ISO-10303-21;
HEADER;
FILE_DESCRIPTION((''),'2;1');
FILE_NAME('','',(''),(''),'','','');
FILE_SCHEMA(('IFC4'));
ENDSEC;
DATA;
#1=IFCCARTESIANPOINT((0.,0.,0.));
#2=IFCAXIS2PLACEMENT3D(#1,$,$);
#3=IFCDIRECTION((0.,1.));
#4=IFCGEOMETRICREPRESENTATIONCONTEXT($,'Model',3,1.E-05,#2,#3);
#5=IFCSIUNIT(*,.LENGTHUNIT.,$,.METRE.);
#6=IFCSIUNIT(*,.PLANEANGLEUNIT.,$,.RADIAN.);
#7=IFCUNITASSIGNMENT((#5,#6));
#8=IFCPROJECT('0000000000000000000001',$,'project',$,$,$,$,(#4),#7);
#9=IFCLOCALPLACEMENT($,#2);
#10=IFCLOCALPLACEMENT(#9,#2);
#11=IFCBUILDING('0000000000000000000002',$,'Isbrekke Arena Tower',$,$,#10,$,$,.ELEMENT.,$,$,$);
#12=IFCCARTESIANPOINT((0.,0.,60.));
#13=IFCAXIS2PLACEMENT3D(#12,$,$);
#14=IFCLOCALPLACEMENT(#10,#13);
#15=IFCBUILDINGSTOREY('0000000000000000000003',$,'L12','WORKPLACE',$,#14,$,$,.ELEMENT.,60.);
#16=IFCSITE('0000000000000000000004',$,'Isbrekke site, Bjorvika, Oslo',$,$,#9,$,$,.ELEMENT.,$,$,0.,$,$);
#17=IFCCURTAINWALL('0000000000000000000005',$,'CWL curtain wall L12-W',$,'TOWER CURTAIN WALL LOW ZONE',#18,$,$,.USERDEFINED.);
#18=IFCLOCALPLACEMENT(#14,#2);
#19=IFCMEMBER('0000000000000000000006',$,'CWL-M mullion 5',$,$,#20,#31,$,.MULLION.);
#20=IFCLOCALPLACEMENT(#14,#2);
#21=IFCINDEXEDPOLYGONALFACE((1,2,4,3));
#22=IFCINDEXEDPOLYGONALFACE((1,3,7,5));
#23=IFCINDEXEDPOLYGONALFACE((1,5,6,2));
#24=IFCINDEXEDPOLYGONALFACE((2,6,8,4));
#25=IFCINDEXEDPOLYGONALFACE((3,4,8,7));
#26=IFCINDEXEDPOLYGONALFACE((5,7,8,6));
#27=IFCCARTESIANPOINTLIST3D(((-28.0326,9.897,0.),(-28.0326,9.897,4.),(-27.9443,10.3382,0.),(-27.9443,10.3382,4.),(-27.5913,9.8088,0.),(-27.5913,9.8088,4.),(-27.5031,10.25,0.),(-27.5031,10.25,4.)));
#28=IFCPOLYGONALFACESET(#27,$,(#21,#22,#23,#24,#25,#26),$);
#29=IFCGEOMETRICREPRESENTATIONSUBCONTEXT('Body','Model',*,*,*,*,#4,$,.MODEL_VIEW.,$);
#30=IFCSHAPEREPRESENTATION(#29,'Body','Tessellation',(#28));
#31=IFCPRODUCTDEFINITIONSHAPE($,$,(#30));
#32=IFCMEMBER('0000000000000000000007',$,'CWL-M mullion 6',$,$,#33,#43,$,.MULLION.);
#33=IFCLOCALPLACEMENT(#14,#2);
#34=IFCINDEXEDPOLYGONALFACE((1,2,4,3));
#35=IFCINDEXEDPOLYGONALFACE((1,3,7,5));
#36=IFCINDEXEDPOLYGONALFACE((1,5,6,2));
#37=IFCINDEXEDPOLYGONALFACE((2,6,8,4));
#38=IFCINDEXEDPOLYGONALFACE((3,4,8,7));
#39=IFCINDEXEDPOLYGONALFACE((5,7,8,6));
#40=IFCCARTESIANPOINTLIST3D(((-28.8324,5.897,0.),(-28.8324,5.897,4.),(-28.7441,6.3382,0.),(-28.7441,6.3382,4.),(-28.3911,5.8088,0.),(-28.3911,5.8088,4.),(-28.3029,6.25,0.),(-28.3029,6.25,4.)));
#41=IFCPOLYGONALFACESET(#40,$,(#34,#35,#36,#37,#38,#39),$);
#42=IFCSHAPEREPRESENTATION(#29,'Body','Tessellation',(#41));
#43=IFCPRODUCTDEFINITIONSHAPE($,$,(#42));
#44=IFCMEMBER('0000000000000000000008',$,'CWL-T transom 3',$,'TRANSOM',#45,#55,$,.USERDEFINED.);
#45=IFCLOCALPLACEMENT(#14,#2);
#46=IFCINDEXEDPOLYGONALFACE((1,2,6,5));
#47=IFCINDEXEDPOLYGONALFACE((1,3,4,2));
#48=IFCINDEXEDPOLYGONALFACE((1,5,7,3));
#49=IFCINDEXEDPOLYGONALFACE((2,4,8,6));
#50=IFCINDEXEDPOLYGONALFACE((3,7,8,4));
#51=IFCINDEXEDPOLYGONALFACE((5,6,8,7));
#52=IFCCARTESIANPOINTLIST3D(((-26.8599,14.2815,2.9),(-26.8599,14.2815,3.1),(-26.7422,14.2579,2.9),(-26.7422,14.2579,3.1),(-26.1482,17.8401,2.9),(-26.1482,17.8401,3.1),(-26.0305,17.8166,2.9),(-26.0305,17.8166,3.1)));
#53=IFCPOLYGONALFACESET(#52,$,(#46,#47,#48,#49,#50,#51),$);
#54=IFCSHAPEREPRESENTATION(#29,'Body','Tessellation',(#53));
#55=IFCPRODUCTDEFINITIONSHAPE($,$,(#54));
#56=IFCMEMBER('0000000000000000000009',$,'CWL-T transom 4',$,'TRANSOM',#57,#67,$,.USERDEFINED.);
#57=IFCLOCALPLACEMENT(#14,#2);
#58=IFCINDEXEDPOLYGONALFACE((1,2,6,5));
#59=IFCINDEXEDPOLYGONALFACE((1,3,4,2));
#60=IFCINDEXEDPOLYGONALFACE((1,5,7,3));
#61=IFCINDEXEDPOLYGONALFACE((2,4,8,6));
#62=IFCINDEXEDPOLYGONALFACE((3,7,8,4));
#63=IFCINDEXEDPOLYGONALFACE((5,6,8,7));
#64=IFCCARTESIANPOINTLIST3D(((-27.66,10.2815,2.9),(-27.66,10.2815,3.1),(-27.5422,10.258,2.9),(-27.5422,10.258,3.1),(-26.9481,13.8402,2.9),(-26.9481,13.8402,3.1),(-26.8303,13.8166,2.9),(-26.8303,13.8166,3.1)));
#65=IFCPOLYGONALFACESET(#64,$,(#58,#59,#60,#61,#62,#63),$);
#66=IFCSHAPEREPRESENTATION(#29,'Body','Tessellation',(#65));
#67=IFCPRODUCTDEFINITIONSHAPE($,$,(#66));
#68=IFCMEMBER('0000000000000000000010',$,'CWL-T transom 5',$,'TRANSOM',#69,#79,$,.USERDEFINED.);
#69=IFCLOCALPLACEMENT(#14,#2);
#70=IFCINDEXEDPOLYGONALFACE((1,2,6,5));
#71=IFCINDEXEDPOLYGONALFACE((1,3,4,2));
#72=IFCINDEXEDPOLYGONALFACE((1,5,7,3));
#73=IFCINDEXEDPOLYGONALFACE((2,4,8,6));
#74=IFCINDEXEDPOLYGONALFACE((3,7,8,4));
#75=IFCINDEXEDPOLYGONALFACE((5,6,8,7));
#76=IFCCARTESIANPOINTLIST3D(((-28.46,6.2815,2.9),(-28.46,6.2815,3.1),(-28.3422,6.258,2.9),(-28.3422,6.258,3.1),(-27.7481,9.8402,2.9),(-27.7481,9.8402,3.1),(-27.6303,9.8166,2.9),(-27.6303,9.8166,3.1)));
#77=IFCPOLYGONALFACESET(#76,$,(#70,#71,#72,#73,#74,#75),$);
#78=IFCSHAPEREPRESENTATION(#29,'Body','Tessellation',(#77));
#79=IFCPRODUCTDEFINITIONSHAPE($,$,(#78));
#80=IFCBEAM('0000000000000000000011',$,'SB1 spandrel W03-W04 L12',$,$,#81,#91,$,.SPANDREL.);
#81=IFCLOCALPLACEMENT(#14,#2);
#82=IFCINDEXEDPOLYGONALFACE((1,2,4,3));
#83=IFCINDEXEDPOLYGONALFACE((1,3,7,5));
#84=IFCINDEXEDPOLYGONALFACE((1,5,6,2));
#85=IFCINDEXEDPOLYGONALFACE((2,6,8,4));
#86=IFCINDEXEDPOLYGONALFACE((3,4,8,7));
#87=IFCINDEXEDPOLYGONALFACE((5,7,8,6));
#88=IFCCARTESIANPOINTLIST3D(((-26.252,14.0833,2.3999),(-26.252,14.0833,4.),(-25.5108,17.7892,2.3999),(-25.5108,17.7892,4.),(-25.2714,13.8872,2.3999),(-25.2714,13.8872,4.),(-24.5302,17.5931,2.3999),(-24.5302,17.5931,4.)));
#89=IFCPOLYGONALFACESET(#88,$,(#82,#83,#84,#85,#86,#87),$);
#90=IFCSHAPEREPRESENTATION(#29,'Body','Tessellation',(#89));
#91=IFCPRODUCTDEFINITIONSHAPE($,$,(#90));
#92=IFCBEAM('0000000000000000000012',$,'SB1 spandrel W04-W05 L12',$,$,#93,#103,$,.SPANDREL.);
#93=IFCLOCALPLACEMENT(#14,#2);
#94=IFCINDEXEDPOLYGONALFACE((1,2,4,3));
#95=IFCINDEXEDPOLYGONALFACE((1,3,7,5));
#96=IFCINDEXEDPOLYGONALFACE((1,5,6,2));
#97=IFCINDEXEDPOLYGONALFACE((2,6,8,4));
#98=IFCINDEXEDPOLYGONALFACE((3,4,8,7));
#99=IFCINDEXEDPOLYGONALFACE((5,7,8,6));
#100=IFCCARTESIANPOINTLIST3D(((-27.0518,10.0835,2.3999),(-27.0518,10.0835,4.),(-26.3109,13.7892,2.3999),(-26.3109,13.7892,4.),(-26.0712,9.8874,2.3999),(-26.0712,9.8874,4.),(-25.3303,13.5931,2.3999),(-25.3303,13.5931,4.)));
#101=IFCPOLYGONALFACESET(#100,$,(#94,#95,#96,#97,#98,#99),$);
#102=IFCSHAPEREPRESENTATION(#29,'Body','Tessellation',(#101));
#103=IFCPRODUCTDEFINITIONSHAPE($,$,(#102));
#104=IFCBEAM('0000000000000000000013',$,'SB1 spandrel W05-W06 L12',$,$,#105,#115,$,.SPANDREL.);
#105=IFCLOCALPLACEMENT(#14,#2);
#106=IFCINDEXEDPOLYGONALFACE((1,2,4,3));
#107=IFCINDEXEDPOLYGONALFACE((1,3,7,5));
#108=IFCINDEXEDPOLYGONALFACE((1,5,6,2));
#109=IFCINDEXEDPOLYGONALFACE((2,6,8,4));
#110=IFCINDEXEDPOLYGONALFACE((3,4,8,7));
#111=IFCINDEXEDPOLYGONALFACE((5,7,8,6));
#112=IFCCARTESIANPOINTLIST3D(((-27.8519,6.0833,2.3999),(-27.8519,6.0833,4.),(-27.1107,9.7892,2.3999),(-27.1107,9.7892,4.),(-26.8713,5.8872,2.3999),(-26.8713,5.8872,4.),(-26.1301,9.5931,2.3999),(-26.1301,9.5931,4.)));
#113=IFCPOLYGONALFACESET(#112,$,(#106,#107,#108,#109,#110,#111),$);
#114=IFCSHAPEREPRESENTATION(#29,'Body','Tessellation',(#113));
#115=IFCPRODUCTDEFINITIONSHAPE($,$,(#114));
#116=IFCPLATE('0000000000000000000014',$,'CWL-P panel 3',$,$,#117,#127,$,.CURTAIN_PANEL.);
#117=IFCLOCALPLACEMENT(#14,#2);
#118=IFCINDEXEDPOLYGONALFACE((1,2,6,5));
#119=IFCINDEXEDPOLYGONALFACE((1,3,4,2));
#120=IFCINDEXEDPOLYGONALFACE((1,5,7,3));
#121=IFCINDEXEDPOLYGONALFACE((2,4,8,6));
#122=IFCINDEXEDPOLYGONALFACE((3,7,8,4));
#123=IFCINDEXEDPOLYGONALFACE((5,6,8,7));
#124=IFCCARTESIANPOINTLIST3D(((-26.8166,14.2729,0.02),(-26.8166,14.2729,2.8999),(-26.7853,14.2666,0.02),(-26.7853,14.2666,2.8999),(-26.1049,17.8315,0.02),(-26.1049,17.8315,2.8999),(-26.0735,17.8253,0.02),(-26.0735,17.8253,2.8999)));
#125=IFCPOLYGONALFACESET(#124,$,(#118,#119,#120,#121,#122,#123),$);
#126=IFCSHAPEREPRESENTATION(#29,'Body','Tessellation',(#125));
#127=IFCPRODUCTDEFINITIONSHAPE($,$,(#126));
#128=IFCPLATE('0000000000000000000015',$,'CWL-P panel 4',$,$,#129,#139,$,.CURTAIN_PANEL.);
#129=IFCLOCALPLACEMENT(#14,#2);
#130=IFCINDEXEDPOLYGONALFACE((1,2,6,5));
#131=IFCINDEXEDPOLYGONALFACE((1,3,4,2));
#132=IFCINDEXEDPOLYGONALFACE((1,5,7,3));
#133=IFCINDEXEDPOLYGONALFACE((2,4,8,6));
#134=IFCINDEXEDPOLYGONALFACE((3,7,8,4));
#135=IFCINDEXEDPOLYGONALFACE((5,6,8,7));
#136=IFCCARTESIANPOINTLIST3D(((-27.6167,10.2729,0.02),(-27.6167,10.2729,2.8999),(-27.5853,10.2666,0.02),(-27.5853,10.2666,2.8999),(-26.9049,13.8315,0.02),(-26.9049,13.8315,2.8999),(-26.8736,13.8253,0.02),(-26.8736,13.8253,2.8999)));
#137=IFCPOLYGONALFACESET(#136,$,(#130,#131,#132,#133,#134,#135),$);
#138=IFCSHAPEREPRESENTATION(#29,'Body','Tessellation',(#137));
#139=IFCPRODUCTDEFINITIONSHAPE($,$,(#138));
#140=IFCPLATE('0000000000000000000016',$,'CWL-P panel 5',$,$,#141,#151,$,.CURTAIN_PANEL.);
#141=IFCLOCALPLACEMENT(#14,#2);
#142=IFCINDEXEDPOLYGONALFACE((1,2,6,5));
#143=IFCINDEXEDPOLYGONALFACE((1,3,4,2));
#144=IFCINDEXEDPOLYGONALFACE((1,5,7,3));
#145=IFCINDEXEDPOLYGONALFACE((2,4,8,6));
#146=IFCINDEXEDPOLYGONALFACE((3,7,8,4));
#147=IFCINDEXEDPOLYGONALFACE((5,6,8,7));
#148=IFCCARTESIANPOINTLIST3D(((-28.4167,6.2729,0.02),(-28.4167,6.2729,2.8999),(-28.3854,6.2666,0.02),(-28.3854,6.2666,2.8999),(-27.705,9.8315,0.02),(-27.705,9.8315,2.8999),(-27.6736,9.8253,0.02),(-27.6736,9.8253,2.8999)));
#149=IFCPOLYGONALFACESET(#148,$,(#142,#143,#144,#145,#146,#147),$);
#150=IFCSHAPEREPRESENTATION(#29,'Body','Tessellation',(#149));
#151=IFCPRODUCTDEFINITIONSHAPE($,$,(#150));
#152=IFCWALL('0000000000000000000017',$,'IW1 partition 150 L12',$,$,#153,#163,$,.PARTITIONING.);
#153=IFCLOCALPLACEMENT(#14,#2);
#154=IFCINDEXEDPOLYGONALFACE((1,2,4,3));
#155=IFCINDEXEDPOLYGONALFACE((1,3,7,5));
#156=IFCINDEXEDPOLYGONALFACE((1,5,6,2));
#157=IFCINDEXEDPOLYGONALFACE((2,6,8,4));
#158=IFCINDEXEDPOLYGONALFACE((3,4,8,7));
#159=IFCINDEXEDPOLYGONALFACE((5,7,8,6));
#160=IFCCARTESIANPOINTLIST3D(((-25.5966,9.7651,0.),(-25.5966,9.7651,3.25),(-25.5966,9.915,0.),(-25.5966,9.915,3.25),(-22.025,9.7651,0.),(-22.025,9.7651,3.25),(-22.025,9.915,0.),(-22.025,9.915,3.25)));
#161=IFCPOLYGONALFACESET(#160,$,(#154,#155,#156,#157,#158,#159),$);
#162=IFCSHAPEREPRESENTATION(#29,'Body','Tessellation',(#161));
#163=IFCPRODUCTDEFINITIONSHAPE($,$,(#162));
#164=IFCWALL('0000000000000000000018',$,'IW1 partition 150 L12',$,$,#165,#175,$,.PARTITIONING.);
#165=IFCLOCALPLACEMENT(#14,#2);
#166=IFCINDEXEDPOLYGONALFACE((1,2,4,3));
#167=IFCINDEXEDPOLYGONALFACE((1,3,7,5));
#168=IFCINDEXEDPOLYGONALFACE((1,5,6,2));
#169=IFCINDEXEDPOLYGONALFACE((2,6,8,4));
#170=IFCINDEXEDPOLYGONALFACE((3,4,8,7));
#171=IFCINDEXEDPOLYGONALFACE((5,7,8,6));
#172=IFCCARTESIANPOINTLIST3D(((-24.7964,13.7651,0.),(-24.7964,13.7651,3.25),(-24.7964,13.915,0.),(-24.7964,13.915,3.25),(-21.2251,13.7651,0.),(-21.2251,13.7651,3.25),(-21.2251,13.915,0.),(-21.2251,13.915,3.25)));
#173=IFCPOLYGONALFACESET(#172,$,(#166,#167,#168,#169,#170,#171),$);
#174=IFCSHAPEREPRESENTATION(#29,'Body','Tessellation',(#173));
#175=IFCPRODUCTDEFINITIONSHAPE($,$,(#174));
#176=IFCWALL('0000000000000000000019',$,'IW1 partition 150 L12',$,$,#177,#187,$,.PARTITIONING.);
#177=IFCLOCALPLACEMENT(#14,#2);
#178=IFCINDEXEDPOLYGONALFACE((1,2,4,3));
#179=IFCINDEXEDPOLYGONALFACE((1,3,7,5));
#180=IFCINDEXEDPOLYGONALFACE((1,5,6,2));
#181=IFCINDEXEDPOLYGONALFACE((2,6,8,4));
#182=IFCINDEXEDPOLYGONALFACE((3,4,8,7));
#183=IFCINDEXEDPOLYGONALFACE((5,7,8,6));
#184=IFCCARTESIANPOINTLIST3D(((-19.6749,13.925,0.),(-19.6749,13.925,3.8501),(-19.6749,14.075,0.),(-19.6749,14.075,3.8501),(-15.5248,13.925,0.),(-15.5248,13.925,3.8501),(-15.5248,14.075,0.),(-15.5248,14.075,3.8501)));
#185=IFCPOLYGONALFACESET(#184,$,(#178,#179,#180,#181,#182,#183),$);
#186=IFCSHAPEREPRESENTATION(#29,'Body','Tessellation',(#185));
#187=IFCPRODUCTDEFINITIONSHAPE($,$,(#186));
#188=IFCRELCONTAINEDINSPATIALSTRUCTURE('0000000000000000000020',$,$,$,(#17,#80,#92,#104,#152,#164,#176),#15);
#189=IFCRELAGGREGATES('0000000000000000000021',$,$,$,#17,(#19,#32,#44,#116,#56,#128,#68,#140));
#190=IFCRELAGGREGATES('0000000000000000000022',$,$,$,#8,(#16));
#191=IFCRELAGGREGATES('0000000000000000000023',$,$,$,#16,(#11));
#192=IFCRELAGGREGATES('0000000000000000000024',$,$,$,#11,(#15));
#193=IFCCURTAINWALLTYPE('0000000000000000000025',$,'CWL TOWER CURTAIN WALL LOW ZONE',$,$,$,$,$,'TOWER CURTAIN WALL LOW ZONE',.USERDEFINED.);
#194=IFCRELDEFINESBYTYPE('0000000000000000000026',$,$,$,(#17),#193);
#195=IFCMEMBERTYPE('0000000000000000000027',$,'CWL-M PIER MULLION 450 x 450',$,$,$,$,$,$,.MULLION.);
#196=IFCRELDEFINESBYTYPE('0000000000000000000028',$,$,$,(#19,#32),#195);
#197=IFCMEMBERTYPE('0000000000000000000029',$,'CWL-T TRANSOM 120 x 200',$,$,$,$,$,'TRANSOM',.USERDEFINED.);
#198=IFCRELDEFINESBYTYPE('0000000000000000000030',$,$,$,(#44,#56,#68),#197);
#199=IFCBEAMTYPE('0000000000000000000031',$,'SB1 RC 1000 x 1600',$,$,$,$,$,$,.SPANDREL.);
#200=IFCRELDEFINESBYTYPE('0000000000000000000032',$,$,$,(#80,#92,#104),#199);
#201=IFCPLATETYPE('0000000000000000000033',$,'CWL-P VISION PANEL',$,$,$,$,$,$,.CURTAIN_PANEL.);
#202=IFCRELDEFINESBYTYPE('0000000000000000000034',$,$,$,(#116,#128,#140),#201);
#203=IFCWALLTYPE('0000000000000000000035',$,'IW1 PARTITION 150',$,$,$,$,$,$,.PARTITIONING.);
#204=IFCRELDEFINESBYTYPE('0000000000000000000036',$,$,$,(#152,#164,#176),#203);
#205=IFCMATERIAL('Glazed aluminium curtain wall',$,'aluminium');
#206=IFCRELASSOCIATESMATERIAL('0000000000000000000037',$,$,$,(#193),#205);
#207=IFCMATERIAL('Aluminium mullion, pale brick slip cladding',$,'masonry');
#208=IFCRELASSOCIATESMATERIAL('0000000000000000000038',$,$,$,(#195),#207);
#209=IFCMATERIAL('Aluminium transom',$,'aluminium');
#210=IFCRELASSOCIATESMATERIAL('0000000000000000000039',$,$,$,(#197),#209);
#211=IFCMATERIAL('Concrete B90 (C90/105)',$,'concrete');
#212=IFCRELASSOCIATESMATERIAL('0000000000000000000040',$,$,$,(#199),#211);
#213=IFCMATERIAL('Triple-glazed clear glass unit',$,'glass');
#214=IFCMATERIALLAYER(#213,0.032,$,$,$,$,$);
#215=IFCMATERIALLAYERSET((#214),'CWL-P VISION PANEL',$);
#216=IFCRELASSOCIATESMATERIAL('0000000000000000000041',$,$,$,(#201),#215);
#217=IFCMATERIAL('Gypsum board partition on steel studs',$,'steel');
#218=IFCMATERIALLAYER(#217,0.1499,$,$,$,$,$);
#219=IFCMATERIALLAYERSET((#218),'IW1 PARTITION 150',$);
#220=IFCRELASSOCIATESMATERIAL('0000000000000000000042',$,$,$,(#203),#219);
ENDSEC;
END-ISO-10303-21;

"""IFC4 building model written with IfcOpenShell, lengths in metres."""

from ifc_helpers import new_model, si_unit, direction, frame, frame_2d, origin, origin_2d, place, context, subcontext, project, spatial, rectangle, extrude, material, layer, layer_set, material_profile, profile_set, type_object, element, aggregate, save


model = new_model("IFC4")

# Units and contexts
model_context = context("Model", 3, precision=1e-05, world=origin(), true_north=direction((0.0, 1.0)))
body_context = subcontext(model_context, "Body", "Model", "MODEL_VIEW")
ifc_project = project(units=[si_unit("LENGTHUNIT", "METRE"), si_unit("PLANEANGLEUNIT", "RADIAN")], contexts=[model_context])

# Site, building, storey
site_placement = place(None, origin())
site = spatial("IfcSite", under=ifc_project, at=site_placement, Name="Isbrekke site, Bjorvika, Oslo", CompositionType="ELEMENT", RefElevation=0.0)
building_placement = place(site_placement, origin())
building = spatial("IfcBuilding", under=site, at=building_placement, Name="Isbrekke Arena Tower", CompositionType="ELEMENT")
storey_placement = place(building_placement, frame((0.0, 0.0, 60.0)))
storey = spatial("IfcBuildingStorey", under=building, at=storey_placement, Name="L12", Description="WORKPLACE", CompositionType="ELEMENT", Elevation=60.0)

# Curtain wall, members
ifc_material_1 = material(Name="Glazed aluminium curtain wall", Category="aluminium")
curtain_wall_type = type_object("IfcCurtainWallType", Name="CWL TOWER CURTAIN WALL LOW ZONE", ElementType="TOWER CURTAIN WALL LOW ZONE", PredefinedType="USERDEFINED", material=ifc_material_1)
curtain_wall_placement = place(storey_placement, origin())
curtain_wall = element("IfcCurtainWall", 1, at=curtain_wall_placement, inside=storey, type_object=curtain_wall_type, Name="CWL curtain wall L12-W", ObjectType="TOWER CURTAIN WALL LOW ZONE", PredefinedType="USERDEFINED")
ifc_material_2 = material(Name="Aluminium mullion, pale brick slip cladding", Category="masonry")
ifc_material_profile_1 = material_profile(ifc_material_2, rectangle(XDim=0.45, YDim=0.45, at=origin_2d()), Name="PIER 450X450")
ifc_profile_set_1 = profile_set([ifc_material_profile_1], Name="Aluminium mullion, pale brick slip cladding")
member_type_1 = type_object("IfcMemberType", Name="CWL-M PIER MULLION 450 x 450", PredefinedType="MULLION", material=ifc_profile_set_1)
member_1_placement = place(storey_placement, frame((-27.7678, 10.0735, 0.0), z_axis=(0.0, 0.0, 1.0), x_axis=(-0.196116, -0.980581, 0.0)))
member_1 = element("IfcMember", 2, at=member_1_placement, type_object=member_type_1, Name="CWL-M mullion 5", PredefinedType="MULLION", context=body_context, shape_type="SweptSolid", body=[
    extrude(rectangle(XDim=0.45, YDim=0.45, at=origin_2d()), origin(), (0.0, 0.0, 1.0), 4.0),
])
member_2_placement = place(storey_placement, frame((-28.5676, 6.0735, 0.0), z_axis=(0.0, 0.0, 1.0), x_axis=(-0.196116, -0.980581, 0.0)))
member_2 = element("IfcMember", 3, at=member_2_placement, type_object=member_type_1, Name="CWL-M mullion 6", PredefinedType="MULLION", context=body_context, shape_type="SweptSolid", body=[
    extrude(rectangle(XDim=0.45, YDim=0.45, at=origin_2d()), origin(), (0.0, 0.0, 1.0), 4.0),
])
ifc_material_3 = material(Name="Aluminium transom", Category="aluminium")
ifc_material_profile_2 = material_profile(ifc_material_3, rectangle(XDim=0.1201, YDim=0.2, at=origin_2d()), Name="TRANSOM 120X200")
ifc_profile_set_2 = profile_set([ifc_material_profile_2], Name="Aluminium transom")
member_type_2 = type_object("IfcMemberType", Name="CWL-T TRANSOM 120 x 200", ElementType="TRANSOM", PredefinedType="USERDEFINED", material=ifc_profile_set_2)
member_3_placement = place(storey_placement, frame((-26.0894, 17.8284, 3.0), z_axis=(-0.196103, -0.980583, 0.0), x_axis=(0.980583, -0.196103, 0.0)))
member_3 = element("IfcMember", 4, at=member_3_placement, type_object=member_type_2, Name="CWL-T transom 3", ObjectType="TRANSOM", PredefinedType="USERDEFINED", context=body_context, shape_type="SweptSolid", body=[
    extrude(rectangle(XDim=0.1201, YDim=0.2, at=origin_2d()), origin(), (0.0, 0.0, 1.0), 3.6292),
])
member_4_placement = place(storey_placement, frame((-26.8892, 13.8284, 3.0), z_axis=(-0.196168, -0.98057, 0.0), x_axis=(0.98057, -0.196168, 0.0)))
member_4 = element("IfcMember", 5, at=member_4_placement, type_object=member_type_2, Name="CWL-T transom 4", ObjectType="TRANSOM", PredefinedType="USERDEFINED", context=body_context, shape_type="SweptSolid", body=[
    extrude(rectangle(XDim=0.1201, YDim=0.2, at=origin_2d()), origin(), (0.0, 0.0, 1.0), 3.6292),
])
member_5_placement = place(storey_placement, frame((-27.6892, 9.8284, 3.0), z_axis=(-0.196168, -0.98057, 0.0), x_axis=(0.98057, -0.196168, 0.0)))
member_5 = element("IfcMember", 6, at=member_5_placement, type_object=member_type_2, Name="CWL-T transom 5", ObjectType="TRANSOM", PredefinedType="USERDEFINED", context=body_context, shape_type="SweptSolid", body=[
    extrude(rectangle(XDim=0.1201, YDim=0.2, at=origin_2d()), origin(), (0.0, 0.0, 1.0), 3.6292),
])

# Beams
ifc_material_4 = material(Name="Concrete B90 (C90/105)", Category="concrete")
ifc_material_profile_3 = material_profile(ifc_material_4, rectangle(XDim=1.0, YDim=1.6001, at=origin_2d()), Name="RC 1000x1600")
ifc_profile_set_3 = profile_set([ifc_material_profile_3], Name="Concrete B90 (C90/105)")
beam_type_1 = type_object("IfcBeamType", Name="SB1 RC 1000 x 1600", PredefinedType="SPANDREL", material=ifc_profile_set_3)
beam_1_placement = place(storey_placement, frame((-25.0205, 17.6912, 3.2), z_axis=(-0.196129, -0.980578, 0.0), x_axis=(0.980578, -0.196129, 0.0)))
element("IfcBeam", 7, at=beam_1_placement, inside=storey, type_object=beam_type_1, Name="SB1 spandrel W03-W04 L12", PredefinedType="SPANDREL", context=body_context, shape_type="SweptSolid", body=[
    extrude(rectangle(XDim=1.0, YDim=1.6001, at=origin_2d()), origin(), (0.0, 0.0, 1.0), 3.7793),
])
beam_2_placement = place(storey_placement, frame((-25.8206, 13.6912, 3.2), z_axis=(-0.196066, -0.980591, 0.0), x_axis=(0.980591, -0.196066, 0.0)))
element("IfcBeam", 8, at=beam_2_placement, inside=storey, type_object=beam_type_1, Name="SB1 spandrel W04-W05 L12", PredefinedType="SPANDREL", context=body_context, shape_type="SweptSolid", body=[
    extrude(rectangle(XDim=1.0, YDim=1.6001, at=origin_2d()), origin(), (0.0, 0.0, 1.0), 3.7791),
])
beam_3_placement = place(storey_placement, frame((-26.6204, 9.6912, 3.2), z_axis=(-0.196129, -0.980578, 0.0), x_axis=(0.980578, -0.196129, 0.0)))
element("IfcBeam", 9, at=beam_3_placement, inside=storey, type_object=beam_type_1, Name="SB1 spandrel W05-W06 L12", PredefinedType="SPANDREL", context=body_context, shape_type="SweptSolid", body=[
    extrude(rectangle(XDim=1.0, YDim=1.6001, at=origin_2d()), origin(), (0.0, 0.0, 1.0), 3.7793),
])

# Plates
ifc_material_5 = material(Name="Triple-glazed clear glass unit", Category="glass")
ifc_layer_1 = layer(ifc_material_5, 0.032)
ifc_layer_set_1 = layer_set([ifc_layer_1], Name="CWL-P VISION PANEL")
plate_type = type_object("IfcPlateType", Name="CWL-P VISION PANEL", PredefinedType="CURTAIN_PANEL", material=ifc_layer_set_1)
plate_1_placement = place(storey_placement, frame((-26.4451, 16.0491, 0.02), z_axis=(0.0, 0.0, 1.0), x_axis=(-0.196116, -0.980581, 0.0)))
plate_1 = element("IfcPlate", 10, at=plate_1_placement, type_object=plate_type, Name="CWL-P panel 3", PredefinedType="CURTAIN_PANEL", context=body_context, shape_type="SweptSolid", body=[
    extrude(rectangle(XDim=3.6292, YDim=0.032, at=origin_2d()), origin(), (0.0, 0.0, 1.0), 2.8799),
])
plate_2_placement = place(storey_placement, frame((-27.2451, 12.0491, 0.02), z_axis=(0.0, 0.0, 1.0), x_axis=(-0.196116, -0.980581, 0.0)))
plate_2 = element("IfcPlate", 11, at=plate_2_placement, type_object=plate_type, Name="CWL-P panel 4", PredefinedType="CURTAIN_PANEL", context=body_context, shape_type="SweptSolid", body=[
    extrude(rectangle(XDim=3.6292, YDim=0.032, at=origin_2d()), origin(), (0.0, 0.0, 1.0), 2.8799),
])
plate_3_placement = place(storey_placement, frame((-28.0452, 8.0491, 0.02), z_axis=(0.0, 0.0, 1.0), x_axis=(-0.196116, -0.980581, 0.0)))
plate_3 = element("IfcPlate", 12, at=plate_3_placement, type_object=plate_type, Name="CWL-P panel 5", PredefinedType="CURTAIN_PANEL", context=body_context, shape_type="SweptSolid", body=[
    extrude(rectangle(XDim=3.6292, YDim=0.032, at=origin_2d()), origin(), (0.0, 0.0, 1.0), 2.8799),
])
aggregate(curtain_wall, [member_1, member_2, member_3, plate_1, member_4, plate_2, member_5, plate_3])

# Walls
ifc_material_6 = material(Name="Gypsum board partition on steel studs", Category="steel")
ifc_layer_2 = layer(ifc_material_6, 0.1499)
ifc_layer_set_2 = layer_set([ifc_layer_2], Name="IW1 PARTITION 150")
wall_type_1 = type_object("IfcWallType", Name="IW1 PARTITION 150", PredefinedType="PARTITIONING", material=ifc_layer_set_2)
wall_1_placement = place(storey_placement, frame((-25.5964, 9.8401, 0.0), z_axis=(0.0, 0.0, 1.0), x_axis=(1.0, 0.0, 0.0)))
element("IfcWall", 13, at=wall_1_placement, inside=storey, type_object=wall_type_1, Name="IW1 partition 150 L12", PredefinedType="PARTITIONING", context=body_context, shape_type="SweptSolid", body=[
    extrude(rectangle(XDim=3.5715, YDim=0.1499, at=frame_2d((1.7856, 0.0))), origin(), (0.0, 0.0, 1.0), 3.25),
])
wall_2_placement = place(storey_placement, frame((-24.7964, 13.8401, 0.0), z_axis=(0.0, 0.0, 1.0), x_axis=(1.0, 0.0, 0.0)))
element("IfcWall", 14, at=wall_2_placement, inside=storey, type_object=wall_type_1, Name="IW1 partition 150 L12", PredefinedType="PARTITIONING", context=body_context, shape_type="SweptSolid", body=[
    extrude(rectangle(XDim=3.5713, YDim=0.1499, at=frame_2d((1.7856, 0.0))), origin(), (0.0, 0.0, 1.0), 3.25),
])
wall_3_placement = place(storey_placement, frame((-19.675, 14.0, 0.0), z_axis=(0.0, 0.0, 1.0), x_axis=(1.0, 0.0, 0.0)))
element("IfcWall", 15, at=wall_3_placement, inside=storey, type_object=wall_type_1, Name="IW1 partition 150 L12", PredefinedType="PARTITIONING", context=body_context, shape_type="SweptSolid", body=[
    extrude(rectangle(XDim=4.1501, YDim=0.1499, at=frame_2d((2.0752, 0.0))), origin(), (0.0, 0.0, 1.0), 3.8501),
])

save(model, "model.ifc")
